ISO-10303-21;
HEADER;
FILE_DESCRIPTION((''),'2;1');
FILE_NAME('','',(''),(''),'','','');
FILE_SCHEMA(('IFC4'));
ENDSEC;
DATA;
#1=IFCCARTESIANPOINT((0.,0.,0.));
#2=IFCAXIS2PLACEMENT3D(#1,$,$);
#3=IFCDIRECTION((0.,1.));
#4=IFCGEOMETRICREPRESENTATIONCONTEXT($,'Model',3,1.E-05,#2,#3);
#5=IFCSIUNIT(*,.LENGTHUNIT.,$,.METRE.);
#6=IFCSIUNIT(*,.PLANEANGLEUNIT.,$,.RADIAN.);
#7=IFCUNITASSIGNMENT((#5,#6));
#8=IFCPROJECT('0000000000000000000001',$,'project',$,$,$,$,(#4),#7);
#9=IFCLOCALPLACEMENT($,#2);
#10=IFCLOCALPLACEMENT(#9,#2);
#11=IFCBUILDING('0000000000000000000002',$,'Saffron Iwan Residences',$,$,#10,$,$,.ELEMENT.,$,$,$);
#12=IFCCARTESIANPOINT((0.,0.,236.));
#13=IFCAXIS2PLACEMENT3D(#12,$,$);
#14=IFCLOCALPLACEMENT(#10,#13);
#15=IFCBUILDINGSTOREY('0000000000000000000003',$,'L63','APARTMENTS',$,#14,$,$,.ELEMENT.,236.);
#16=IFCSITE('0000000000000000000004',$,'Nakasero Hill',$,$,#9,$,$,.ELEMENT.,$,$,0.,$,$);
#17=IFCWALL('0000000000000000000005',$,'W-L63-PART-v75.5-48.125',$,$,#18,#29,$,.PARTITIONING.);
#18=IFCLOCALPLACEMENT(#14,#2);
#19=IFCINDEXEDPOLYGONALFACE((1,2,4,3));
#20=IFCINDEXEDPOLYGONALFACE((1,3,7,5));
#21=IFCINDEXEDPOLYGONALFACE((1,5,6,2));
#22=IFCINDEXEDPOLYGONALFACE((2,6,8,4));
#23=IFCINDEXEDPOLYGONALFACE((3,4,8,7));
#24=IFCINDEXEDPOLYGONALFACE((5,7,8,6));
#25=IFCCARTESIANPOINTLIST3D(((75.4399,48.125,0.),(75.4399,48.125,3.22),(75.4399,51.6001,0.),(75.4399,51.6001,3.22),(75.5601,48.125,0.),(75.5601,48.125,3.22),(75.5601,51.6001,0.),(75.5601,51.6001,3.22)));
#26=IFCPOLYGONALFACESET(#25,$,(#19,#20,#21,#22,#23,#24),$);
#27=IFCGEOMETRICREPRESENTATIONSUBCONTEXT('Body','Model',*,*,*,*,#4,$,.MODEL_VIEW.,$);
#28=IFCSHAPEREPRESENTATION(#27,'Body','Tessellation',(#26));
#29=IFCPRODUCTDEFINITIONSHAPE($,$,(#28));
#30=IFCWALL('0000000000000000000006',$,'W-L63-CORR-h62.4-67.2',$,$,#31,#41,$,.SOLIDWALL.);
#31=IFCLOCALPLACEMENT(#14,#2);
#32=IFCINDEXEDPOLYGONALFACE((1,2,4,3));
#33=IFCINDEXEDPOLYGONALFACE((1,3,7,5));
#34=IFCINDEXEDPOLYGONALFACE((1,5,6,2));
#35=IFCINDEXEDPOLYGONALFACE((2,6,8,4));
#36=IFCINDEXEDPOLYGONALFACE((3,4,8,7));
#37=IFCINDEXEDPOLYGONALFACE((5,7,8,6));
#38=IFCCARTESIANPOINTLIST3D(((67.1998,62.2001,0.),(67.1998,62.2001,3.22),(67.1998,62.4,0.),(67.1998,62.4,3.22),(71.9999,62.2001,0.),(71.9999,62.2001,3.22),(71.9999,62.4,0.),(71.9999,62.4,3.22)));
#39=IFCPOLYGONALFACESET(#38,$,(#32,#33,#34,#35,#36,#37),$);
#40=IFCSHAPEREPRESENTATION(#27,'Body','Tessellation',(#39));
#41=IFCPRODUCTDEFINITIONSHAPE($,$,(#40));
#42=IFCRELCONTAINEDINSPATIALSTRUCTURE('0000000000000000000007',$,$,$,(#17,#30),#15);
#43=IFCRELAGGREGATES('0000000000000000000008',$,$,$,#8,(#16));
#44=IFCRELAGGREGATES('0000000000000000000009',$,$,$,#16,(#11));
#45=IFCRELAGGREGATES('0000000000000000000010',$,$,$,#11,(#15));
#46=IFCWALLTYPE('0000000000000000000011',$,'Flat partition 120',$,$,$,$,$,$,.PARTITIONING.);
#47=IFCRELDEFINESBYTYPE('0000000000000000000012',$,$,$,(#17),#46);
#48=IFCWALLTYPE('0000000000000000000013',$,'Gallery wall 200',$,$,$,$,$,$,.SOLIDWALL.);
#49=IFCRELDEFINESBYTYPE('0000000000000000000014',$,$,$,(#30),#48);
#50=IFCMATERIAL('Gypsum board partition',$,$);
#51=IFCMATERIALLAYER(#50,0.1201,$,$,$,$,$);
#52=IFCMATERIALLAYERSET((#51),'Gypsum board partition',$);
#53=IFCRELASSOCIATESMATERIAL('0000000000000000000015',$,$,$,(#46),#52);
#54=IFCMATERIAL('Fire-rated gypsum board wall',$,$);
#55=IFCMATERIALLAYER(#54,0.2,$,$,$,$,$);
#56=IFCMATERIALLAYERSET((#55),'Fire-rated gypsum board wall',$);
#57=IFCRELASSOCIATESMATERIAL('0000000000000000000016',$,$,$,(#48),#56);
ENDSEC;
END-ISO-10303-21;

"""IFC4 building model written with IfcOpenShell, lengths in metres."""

from ifc_helpers import new_model, si_unit, direction, frame, frame_2d, origin, place, context, subcontext, project, spatial, rectangle, extrude, material, layer, layer_set, type_object, element, save


model = new_model("IFC4")

# Units and contexts
model_context = context("Model", 3, precision=1e-05, world=origin(), true_north=direction((0.0, 1.0)))
body_context = subcontext(model_context, "Body", "Model", "MODEL_VIEW")
ifc_project = project(units=[si_unit("LENGTHUNIT", "METRE"), si_unit("PLANEANGLEUNIT", "RADIAN")], contexts=[model_context])

# Site, building, storey
site_placement = place(None, origin())
site = spatial("IfcSite", under=ifc_project, at=site_placement, Name="Nakasero Hill", CompositionType="ELEMENT", RefElevation=0.0)
building_placement = place(site_placement, origin())
building = spatial("IfcBuilding", under=site, at=building_placement, Name="Saffron Iwan Residences", CompositionType="ELEMENT")
storey_placement = place(building_placement, frame((0.0, 0.0, 236.0)))
storey = spatial("IfcBuildingStorey", under=building, at=storey_placement, Name="L63", Description="APARTMENTS", CompositionType="ELEMENT", Elevation=236.0)

# Shared definitions
ifc_material_1 = material(Name="Fire-rated gypsum board wall")

# Shared definitions
ifc_material_2 = material(Name="Gypsum board partition")
ifc_layer_1 = layer(ifc_material_2, 0.1201)
ifc_layer_set_1 = layer_set([ifc_layer_1], Name="Gypsum board partition")
wall_type_1 = type_object("IfcWallType", Name="Flat partition 120", PredefinedType="PARTITIONING", material=ifc_layer_set_1)

# Walls
wall_1_placement = place(storey_placement, frame((75.5, 48.125, 0.0), z_axis=(0.0, 0.0, 1.0), x_axis=(0.0, 1.0, 0.0)))
element("IfcWall", 1, at=wall_1_placement, inside=storey, type_object=wall_type_1, Name="W-L63-PART-v75.5-48.125", PredefinedType="PARTITIONING", context=body_context, shape_type="SweptSolid", body=[
    extrude(rectangle(XDim=3.4751, YDim=0.1201, at=frame_2d((1.7375, 0.0))), origin(), (0.0, 0.0, 1.0), 3.22),
])
ifc_layer_2 = layer(ifc_material_1, 0.2)
ifc_layer_set_2 = layer_set([ifc_layer_2], Name="Fire-rated gypsum board wall")
wall_type_2 = type_object("IfcWallType", Name="Gallery wall 200", PredefinedType="SOLIDWALL", material=ifc_layer_set_2)
wall_2_placement = place(storey_placement, frame((67.2, 62.3, 0.0), z_axis=(0.0, 0.0, 1.0), x_axis=(1.0, 0.0, 0.0)))
element("IfcWall", 2, at=wall_2_placement, inside=storey, type_object=wall_type_2, Name="W-L63-CORR-h62.4-67.2", PredefinedType="SOLIDWALL", context=body_context, shape_type="SweptSolid", body=[
    extrude(rectangle(XDim=4.8, YDim=0.2, at=frame_2d((2.3999, 0.0))), origin(), (0.0, 0.0, 1.0), 3.22),
])

save(model, "model.ifc")
